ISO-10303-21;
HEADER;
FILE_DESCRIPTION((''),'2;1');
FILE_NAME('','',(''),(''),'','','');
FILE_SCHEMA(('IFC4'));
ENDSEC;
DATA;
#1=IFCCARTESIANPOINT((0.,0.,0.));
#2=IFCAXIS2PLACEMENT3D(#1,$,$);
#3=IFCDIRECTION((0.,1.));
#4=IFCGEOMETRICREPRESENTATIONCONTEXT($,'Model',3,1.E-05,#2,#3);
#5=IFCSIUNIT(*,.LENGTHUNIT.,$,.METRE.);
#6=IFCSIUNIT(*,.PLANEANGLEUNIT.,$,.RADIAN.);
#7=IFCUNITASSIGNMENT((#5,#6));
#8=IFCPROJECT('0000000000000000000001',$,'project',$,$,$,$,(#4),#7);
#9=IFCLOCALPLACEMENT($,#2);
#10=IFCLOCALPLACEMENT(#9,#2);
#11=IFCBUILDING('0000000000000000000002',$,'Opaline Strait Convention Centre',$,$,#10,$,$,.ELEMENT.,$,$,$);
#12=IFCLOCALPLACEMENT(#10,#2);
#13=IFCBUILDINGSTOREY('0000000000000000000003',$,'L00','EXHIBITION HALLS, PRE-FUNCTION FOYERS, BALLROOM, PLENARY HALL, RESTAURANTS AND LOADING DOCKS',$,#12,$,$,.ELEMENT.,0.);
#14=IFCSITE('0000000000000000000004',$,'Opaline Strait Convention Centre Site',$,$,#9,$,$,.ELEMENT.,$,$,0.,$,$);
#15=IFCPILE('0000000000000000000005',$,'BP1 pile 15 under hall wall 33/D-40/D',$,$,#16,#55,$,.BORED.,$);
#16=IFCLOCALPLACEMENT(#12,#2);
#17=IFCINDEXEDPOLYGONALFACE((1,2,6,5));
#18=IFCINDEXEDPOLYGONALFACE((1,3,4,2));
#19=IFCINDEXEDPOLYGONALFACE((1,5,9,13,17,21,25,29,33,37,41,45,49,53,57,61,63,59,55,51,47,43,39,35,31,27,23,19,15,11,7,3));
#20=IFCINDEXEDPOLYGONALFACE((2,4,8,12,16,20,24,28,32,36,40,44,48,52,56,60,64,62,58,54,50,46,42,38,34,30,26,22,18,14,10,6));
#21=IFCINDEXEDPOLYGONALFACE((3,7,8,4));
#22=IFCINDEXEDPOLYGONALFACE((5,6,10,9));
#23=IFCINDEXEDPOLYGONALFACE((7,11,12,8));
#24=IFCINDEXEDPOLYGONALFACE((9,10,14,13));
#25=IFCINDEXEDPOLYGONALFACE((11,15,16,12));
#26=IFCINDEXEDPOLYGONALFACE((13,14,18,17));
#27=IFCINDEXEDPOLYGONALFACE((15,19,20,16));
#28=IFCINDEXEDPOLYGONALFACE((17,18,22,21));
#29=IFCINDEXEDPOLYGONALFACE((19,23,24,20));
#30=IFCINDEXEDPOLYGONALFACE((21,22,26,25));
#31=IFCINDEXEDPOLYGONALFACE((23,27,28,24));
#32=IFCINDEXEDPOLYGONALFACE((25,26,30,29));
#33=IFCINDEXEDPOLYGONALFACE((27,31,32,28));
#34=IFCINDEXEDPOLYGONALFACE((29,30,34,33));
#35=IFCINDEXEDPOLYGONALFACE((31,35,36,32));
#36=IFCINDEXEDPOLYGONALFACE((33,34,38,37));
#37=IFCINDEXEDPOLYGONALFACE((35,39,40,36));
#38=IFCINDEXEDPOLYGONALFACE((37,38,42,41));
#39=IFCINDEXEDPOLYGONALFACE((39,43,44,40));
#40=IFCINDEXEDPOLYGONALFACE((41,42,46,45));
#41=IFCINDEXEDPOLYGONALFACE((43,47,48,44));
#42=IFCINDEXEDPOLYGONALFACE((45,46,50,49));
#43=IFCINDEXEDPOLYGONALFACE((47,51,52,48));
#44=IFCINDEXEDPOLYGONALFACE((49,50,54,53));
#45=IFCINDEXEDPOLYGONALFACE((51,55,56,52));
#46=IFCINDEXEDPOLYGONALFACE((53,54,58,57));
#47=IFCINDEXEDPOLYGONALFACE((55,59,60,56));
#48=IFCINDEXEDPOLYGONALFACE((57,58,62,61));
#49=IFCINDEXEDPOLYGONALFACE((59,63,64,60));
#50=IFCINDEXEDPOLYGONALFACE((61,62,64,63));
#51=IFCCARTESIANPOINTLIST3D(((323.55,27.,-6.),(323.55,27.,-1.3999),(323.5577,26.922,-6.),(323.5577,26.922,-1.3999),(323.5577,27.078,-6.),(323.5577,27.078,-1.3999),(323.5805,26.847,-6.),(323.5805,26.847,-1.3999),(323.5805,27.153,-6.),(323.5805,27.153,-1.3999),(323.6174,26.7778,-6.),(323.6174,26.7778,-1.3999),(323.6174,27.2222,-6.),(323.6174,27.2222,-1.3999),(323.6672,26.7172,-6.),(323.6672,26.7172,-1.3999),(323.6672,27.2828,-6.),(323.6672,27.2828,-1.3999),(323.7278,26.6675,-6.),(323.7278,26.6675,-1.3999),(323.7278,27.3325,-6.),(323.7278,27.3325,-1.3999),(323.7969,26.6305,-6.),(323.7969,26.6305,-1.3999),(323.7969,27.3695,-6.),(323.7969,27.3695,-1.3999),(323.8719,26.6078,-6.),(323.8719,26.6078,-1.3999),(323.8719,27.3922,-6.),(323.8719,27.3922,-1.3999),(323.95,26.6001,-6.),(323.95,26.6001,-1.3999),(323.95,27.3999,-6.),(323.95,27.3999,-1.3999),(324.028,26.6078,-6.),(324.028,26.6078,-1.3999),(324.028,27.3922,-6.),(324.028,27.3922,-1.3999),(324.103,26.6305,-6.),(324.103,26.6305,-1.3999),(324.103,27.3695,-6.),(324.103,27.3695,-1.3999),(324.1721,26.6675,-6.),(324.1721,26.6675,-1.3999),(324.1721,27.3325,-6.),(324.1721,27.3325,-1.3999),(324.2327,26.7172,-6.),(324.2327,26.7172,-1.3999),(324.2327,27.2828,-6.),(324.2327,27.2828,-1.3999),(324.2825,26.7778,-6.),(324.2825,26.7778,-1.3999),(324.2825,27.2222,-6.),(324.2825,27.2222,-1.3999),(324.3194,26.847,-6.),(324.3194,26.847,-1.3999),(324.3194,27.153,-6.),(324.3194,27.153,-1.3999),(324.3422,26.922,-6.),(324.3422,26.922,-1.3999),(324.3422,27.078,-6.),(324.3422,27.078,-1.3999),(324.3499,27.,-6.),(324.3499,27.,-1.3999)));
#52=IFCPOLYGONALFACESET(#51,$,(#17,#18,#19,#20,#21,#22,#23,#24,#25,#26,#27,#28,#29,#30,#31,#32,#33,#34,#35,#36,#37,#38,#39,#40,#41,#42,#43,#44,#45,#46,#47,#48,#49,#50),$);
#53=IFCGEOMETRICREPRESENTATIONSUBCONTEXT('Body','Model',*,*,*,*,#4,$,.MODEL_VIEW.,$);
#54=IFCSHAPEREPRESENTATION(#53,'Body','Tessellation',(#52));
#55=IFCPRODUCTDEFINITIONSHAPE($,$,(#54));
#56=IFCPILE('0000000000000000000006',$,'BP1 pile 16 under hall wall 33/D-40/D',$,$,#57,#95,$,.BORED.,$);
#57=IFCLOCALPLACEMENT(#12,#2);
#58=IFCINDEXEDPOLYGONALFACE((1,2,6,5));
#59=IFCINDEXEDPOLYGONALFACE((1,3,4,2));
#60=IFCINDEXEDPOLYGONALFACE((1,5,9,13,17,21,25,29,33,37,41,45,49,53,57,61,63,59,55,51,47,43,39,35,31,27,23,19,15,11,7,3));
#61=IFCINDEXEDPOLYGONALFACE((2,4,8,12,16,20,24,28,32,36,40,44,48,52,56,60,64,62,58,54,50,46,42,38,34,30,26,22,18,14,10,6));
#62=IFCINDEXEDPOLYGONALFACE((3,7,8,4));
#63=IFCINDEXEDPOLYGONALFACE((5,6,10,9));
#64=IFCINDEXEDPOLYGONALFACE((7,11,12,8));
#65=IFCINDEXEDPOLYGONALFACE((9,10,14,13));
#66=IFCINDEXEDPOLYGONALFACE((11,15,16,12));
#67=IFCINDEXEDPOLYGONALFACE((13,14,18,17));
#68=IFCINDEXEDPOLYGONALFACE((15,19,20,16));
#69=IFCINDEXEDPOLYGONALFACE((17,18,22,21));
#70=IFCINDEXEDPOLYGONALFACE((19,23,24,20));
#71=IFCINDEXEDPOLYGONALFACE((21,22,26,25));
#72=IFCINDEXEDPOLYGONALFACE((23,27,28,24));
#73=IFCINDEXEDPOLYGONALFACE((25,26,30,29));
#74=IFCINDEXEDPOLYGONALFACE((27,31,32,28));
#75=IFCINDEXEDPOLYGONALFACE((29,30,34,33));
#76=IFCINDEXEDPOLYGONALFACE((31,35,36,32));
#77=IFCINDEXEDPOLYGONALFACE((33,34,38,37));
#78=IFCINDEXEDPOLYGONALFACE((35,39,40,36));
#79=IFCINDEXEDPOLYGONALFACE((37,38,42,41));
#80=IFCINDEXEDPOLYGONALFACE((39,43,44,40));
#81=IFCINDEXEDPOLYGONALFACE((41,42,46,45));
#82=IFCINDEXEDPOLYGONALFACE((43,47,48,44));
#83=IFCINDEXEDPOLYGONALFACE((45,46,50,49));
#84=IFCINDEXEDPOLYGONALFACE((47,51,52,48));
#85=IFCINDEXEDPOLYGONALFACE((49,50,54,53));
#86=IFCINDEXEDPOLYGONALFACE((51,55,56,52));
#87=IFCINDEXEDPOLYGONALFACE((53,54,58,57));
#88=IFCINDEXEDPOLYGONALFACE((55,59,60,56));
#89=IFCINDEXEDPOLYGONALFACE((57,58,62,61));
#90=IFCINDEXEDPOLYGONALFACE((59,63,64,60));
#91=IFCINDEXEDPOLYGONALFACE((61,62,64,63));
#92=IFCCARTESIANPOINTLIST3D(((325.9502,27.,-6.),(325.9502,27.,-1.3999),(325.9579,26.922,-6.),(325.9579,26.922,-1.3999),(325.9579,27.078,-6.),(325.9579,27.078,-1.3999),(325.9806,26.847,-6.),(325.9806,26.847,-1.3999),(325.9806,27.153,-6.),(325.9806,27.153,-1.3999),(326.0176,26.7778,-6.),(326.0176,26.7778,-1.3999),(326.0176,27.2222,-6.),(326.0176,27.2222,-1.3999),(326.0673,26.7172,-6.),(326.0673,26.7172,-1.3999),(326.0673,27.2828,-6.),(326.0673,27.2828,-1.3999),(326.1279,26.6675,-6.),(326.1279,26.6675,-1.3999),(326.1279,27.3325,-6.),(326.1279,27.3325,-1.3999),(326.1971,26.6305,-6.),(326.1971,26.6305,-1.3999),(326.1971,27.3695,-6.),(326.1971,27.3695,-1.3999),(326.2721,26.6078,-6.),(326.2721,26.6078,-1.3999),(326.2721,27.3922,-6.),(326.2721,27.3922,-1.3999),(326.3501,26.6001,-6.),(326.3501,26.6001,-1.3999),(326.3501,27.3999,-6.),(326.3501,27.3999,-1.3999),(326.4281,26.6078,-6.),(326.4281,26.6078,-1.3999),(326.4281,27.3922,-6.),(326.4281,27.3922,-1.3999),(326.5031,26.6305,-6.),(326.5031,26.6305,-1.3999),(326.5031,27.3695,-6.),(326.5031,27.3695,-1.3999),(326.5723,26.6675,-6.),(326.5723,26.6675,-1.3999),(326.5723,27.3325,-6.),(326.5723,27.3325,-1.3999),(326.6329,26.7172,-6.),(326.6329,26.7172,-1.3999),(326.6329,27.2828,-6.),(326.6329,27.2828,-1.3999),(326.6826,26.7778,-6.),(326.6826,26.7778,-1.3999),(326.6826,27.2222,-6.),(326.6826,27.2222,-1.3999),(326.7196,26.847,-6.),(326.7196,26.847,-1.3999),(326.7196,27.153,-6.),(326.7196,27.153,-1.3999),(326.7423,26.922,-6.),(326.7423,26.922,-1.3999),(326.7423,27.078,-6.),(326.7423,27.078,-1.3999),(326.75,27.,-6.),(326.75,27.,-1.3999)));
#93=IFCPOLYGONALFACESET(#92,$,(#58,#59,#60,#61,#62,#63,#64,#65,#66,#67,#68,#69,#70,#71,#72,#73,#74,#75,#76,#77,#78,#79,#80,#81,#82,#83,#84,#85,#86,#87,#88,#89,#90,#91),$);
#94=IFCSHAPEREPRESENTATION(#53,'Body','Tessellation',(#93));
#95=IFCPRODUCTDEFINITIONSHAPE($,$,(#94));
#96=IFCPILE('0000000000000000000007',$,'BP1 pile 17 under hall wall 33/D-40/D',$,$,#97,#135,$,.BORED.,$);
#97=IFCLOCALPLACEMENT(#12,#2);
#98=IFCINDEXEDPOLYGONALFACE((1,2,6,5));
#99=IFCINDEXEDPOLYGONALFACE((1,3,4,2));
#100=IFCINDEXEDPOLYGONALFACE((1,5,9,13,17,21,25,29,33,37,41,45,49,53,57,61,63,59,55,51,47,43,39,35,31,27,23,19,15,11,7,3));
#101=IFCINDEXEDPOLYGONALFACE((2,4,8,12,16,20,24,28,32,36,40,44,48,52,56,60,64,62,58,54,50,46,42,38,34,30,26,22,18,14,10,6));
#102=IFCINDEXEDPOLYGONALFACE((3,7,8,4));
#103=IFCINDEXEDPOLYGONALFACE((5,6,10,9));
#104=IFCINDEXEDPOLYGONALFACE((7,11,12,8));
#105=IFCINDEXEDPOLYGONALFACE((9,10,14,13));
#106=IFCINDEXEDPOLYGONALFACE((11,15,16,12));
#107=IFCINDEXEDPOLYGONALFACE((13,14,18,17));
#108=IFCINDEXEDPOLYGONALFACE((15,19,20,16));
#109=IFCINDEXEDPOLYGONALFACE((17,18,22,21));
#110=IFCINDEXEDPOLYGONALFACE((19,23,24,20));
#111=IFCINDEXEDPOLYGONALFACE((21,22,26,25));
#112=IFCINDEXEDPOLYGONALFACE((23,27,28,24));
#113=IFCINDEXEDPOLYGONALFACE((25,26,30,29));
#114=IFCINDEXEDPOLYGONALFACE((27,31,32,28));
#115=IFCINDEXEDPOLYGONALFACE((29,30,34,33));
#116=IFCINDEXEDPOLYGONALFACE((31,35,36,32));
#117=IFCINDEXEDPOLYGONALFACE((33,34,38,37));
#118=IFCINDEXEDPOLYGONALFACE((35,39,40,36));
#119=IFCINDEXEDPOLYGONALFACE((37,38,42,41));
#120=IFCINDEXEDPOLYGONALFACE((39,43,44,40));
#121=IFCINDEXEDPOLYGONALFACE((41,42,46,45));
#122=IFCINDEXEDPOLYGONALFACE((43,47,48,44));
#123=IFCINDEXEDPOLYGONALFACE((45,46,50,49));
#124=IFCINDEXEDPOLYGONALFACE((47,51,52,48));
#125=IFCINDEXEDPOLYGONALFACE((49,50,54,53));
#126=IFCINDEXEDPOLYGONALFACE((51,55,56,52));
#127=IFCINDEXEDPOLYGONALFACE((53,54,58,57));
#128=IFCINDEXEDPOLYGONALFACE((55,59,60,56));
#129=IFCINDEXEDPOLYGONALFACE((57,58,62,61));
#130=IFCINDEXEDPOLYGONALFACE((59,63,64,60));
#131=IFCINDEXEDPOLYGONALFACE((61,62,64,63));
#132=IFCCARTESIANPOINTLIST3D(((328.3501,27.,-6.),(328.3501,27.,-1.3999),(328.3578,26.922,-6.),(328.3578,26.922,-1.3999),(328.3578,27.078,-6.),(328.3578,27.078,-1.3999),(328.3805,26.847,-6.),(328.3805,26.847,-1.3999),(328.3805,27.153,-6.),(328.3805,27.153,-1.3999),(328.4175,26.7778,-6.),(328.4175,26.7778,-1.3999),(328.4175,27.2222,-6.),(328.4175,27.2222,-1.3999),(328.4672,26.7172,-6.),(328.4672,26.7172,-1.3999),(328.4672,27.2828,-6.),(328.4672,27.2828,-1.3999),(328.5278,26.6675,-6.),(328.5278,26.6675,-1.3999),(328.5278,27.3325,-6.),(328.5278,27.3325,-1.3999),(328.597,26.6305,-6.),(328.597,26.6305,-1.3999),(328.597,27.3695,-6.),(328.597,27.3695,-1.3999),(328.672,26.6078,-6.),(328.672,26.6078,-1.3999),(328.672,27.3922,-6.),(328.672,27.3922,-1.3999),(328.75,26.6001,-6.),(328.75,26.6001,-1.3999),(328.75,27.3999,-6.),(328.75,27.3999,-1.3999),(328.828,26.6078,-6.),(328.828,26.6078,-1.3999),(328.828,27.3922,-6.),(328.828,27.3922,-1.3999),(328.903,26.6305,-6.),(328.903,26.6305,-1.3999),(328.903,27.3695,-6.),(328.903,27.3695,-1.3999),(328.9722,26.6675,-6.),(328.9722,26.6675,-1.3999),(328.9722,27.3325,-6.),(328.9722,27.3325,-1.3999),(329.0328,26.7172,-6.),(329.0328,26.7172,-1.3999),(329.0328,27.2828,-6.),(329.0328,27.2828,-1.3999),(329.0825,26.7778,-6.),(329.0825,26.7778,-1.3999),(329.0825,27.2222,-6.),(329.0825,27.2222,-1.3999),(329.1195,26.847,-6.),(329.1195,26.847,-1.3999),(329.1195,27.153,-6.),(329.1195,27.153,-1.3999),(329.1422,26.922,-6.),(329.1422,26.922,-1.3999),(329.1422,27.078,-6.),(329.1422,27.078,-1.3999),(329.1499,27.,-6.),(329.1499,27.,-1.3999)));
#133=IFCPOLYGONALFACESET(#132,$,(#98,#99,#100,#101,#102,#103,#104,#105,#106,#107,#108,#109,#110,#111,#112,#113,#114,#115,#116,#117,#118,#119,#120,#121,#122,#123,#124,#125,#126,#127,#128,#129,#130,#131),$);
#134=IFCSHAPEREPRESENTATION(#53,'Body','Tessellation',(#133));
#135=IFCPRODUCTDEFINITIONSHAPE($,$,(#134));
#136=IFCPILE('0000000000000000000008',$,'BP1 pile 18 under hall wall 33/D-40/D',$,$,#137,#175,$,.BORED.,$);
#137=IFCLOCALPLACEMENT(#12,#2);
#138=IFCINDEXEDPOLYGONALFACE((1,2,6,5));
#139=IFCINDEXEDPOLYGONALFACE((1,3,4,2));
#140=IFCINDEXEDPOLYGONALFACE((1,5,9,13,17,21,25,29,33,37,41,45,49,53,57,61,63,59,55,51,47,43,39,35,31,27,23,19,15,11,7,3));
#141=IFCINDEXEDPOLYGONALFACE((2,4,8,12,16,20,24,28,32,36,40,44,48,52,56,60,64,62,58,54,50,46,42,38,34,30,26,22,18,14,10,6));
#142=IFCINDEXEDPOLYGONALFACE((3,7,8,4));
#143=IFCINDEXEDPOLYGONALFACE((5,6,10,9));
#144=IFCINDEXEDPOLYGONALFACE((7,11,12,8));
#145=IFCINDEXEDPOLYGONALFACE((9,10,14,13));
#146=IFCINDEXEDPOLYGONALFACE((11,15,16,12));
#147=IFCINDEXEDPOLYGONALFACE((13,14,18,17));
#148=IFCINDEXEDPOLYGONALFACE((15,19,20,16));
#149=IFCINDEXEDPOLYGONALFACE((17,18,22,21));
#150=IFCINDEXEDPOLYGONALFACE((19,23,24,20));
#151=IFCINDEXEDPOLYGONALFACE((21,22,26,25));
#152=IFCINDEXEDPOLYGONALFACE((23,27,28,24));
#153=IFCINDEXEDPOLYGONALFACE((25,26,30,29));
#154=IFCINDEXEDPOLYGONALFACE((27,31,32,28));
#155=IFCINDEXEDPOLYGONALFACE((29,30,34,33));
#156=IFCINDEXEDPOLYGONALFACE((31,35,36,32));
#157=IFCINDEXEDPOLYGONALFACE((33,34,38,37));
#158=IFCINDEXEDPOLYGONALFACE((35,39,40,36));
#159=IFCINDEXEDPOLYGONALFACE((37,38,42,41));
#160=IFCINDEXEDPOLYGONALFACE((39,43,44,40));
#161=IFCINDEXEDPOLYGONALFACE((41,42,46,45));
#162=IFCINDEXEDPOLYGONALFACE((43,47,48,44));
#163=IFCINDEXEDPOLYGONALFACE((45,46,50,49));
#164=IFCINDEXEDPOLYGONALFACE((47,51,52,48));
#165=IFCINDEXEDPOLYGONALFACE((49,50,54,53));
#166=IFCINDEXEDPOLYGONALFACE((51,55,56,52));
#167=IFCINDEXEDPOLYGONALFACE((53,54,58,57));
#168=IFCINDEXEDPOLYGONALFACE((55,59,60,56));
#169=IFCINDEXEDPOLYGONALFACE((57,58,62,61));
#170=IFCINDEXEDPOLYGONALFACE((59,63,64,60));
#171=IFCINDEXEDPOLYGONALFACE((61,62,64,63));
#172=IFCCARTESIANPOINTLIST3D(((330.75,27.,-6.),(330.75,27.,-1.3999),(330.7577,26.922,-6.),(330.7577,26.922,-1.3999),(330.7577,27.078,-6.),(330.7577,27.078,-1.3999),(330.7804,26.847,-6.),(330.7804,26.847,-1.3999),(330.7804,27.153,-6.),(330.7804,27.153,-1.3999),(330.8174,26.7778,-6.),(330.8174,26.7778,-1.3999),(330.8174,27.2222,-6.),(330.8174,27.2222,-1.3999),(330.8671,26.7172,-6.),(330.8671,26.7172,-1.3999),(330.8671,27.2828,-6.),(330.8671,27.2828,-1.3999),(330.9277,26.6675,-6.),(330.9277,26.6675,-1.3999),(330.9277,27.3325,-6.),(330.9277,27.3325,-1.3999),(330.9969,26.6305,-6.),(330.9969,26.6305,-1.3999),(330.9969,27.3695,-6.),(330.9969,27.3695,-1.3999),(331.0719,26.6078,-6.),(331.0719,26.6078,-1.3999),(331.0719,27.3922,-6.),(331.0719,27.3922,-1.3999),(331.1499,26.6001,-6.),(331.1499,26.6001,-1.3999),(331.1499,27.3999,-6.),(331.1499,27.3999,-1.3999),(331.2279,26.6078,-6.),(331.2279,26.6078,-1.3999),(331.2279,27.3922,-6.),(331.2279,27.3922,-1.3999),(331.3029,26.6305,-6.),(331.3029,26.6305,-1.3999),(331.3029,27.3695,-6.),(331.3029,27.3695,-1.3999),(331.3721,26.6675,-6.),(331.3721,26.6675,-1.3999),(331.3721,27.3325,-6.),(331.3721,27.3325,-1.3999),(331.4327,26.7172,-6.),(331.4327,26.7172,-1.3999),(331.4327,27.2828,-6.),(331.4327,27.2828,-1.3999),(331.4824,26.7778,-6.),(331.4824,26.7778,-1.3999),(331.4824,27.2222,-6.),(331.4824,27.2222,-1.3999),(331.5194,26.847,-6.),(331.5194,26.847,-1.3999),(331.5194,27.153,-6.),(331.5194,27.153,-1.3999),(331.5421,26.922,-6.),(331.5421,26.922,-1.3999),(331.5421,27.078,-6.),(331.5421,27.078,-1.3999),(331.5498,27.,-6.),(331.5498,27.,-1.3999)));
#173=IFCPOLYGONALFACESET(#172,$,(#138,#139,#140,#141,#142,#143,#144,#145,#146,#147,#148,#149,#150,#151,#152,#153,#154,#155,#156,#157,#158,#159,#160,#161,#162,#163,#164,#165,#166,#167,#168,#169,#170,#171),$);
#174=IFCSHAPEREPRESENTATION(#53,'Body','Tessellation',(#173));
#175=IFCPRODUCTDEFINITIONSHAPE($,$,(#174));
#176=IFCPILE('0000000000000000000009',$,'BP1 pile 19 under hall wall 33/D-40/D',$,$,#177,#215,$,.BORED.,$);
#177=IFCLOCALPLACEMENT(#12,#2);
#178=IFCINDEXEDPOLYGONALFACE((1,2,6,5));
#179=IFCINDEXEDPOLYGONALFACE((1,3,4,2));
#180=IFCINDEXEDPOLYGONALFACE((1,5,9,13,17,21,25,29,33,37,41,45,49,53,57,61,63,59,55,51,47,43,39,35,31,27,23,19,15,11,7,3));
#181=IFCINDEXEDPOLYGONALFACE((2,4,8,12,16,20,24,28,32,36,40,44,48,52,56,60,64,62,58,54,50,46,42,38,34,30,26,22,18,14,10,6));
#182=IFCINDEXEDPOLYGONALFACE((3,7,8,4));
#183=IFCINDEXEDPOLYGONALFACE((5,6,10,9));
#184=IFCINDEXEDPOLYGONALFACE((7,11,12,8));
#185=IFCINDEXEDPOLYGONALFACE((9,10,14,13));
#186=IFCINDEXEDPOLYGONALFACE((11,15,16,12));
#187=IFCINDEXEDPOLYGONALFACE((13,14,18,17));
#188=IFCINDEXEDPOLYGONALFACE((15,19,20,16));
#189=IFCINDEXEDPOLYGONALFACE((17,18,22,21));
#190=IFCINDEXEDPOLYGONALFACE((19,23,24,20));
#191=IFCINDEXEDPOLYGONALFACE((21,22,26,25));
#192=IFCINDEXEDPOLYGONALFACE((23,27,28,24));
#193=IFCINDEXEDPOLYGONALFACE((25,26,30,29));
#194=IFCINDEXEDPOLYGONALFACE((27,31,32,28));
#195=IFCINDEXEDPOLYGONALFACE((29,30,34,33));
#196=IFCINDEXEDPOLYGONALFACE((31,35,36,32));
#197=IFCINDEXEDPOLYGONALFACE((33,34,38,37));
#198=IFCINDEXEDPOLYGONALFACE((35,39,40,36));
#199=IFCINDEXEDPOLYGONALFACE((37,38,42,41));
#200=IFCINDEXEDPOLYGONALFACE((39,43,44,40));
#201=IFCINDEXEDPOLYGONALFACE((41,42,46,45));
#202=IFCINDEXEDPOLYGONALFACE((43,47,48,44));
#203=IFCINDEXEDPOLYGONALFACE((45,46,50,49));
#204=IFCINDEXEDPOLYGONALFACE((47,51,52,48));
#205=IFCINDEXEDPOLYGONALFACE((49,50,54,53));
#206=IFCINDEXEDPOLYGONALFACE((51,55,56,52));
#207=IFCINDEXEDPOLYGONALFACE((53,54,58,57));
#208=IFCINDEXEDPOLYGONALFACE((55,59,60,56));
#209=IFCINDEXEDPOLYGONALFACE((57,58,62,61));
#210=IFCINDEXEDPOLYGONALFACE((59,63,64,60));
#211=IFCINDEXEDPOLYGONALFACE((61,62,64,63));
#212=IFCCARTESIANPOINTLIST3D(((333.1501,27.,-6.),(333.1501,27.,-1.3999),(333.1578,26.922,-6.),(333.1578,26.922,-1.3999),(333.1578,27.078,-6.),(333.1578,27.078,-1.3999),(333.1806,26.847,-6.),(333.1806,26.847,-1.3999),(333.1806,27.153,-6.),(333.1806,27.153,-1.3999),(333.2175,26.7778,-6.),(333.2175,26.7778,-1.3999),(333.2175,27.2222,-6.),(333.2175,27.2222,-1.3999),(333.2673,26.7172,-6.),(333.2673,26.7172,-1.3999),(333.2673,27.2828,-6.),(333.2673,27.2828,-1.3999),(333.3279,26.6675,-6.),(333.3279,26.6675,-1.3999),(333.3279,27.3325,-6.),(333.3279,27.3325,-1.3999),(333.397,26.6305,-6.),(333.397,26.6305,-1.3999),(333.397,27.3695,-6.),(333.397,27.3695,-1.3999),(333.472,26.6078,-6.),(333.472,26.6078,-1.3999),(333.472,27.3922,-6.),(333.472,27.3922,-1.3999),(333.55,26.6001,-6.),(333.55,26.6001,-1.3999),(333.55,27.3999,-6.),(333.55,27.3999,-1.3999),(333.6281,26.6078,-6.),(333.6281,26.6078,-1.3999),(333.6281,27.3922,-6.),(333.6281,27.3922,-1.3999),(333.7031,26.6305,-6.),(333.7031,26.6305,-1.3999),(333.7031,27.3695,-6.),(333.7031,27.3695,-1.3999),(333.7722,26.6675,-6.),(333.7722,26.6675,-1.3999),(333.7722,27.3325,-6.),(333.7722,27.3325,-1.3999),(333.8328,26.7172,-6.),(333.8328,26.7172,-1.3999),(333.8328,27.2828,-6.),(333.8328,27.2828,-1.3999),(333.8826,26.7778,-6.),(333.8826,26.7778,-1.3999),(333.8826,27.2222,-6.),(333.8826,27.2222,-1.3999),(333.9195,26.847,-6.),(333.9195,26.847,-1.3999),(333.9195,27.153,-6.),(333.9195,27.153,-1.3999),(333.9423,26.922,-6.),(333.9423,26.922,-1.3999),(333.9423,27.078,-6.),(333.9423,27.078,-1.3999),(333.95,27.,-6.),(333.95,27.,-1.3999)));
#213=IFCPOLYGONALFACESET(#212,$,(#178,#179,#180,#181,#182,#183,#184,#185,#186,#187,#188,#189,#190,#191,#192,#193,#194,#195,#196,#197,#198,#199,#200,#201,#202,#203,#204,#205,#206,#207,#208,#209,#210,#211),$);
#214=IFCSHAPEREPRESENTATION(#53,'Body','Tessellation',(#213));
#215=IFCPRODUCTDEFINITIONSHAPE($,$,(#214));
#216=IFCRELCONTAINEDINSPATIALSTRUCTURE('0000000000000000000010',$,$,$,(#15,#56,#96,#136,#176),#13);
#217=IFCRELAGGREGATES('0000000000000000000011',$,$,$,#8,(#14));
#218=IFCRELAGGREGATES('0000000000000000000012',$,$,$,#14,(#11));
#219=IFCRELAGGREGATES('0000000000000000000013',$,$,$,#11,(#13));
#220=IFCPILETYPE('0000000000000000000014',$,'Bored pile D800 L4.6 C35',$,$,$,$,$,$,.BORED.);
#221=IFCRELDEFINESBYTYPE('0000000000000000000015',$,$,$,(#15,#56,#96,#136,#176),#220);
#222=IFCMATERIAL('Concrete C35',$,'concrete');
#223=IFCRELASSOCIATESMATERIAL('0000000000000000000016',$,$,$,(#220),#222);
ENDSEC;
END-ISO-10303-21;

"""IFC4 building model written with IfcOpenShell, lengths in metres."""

from ifc_helpers import new_model, si_unit, direction, frame, origin, origin_2d, place, context, subcontext, project, spatial, circle, extrude, material, material_profile, profile_set, type_object, element, save


model = new_model("IFC4")

# Units and contexts
model_context = context("Model", 3, precision=1e-05, world=origin(), true_north=direction((0.0, 1.0)))
body_context = subcontext(model_context, "Body", "Model", "MODEL_VIEW")
ifc_project = project(units=[si_unit("LENGTHUNIT", "METRE"), si_unit("PLANEANGLEUNIT", "RADIAN")], contexts=[model_context])

# Site, building, storey
site_placement = place(None, origin())
site = spatial("IfcSite", under=ifc_project, at=site_placement, Name="Opaline Strait Convention Centre Site", CompositionType="ELEMENT", RefElevation=0.0)
building_placement = place(site_placement, origin())
building = spatial("IfcBuilding", under=site, at=building_placement, Name="Opaline Strait Convention Centre", CompositionType="ELEMENT")
storey_placement = place(building_placement, origin())
storey = spatial("IfcBuildingStorey", under=building, at=storey_placement, Name="L00", Description="EXHIBITION HALLS, PRE-FUNCTION FOYERS, BALLROOM, PLENARY HALL, RESTAURANTS AND LOADING DOCKS", CompositionType="ELEMENT", Elevation=0.0)

# Piles
ifc_material_1 = material(Name="Concrete C35", Category="concrete")
ifc_material_profile = material_profile(ifc_material_1, circle(Radius=0.3999, at=origin_2d()), Name="D800")
ifc_profile_set = profile_set([ifc_material_profile], Name="Concrete C35")
pile_type = type_object("IfcPileType", Name="Bored pile D800 L4.6 C35", PredefinedType="BORED", material=ifc_profile_set)
for number, where, z_axis, x_axis, name in (
    (1, (323.95, 27.0, -1.3999), (0.0, 0.0, -1.0), (1.0, 0.0, 0.0), "BP1 pile 15 under hall wall 33/D-40/D"),
    (2, (326.3501, 27.0, -1.3999), (0.0, 0.0, -1.0), (1.0, 0.0, 0.0), "BP1 pile 16 under hall wall 33/D-40/D"),
    (3, (328.75, 27.0, -1.3999), (0.0, 0.0, -1.0), (1.0, 0.0, 0.0), "BP1 pile 17 under hall wall 33/D-40/D"),
    (4, (331.1499, 27.0, -1.3999), (0.0, 0.0, -1.0), (1.0, 0.0, 0.0), "BP1 pile 18 under hall wall 33/D-40/D"),
    (5, (333.55, 27.0, -1.3999), (0.0, 0.0, -1.0), (1.0, 0.0, 0.0), "BP1 pile 19 under hall wall 33/D-40/D"),
):
    element("IfcPile", number, at=place(storey_placement, frame(where, z_axis=z_axis, x_axis=x_axis)), inside=storey, type_object=pile_type, Name=name, PredefinedType="BORED", context=body_context, shape_type="SweptSolid", body=[
        extrude(circle(Radius=0.3999, at=origin_2d()), origin(), (0.0, 0.0, 1.0), 4.6001),
    ])

save(model, "model.ifc")
